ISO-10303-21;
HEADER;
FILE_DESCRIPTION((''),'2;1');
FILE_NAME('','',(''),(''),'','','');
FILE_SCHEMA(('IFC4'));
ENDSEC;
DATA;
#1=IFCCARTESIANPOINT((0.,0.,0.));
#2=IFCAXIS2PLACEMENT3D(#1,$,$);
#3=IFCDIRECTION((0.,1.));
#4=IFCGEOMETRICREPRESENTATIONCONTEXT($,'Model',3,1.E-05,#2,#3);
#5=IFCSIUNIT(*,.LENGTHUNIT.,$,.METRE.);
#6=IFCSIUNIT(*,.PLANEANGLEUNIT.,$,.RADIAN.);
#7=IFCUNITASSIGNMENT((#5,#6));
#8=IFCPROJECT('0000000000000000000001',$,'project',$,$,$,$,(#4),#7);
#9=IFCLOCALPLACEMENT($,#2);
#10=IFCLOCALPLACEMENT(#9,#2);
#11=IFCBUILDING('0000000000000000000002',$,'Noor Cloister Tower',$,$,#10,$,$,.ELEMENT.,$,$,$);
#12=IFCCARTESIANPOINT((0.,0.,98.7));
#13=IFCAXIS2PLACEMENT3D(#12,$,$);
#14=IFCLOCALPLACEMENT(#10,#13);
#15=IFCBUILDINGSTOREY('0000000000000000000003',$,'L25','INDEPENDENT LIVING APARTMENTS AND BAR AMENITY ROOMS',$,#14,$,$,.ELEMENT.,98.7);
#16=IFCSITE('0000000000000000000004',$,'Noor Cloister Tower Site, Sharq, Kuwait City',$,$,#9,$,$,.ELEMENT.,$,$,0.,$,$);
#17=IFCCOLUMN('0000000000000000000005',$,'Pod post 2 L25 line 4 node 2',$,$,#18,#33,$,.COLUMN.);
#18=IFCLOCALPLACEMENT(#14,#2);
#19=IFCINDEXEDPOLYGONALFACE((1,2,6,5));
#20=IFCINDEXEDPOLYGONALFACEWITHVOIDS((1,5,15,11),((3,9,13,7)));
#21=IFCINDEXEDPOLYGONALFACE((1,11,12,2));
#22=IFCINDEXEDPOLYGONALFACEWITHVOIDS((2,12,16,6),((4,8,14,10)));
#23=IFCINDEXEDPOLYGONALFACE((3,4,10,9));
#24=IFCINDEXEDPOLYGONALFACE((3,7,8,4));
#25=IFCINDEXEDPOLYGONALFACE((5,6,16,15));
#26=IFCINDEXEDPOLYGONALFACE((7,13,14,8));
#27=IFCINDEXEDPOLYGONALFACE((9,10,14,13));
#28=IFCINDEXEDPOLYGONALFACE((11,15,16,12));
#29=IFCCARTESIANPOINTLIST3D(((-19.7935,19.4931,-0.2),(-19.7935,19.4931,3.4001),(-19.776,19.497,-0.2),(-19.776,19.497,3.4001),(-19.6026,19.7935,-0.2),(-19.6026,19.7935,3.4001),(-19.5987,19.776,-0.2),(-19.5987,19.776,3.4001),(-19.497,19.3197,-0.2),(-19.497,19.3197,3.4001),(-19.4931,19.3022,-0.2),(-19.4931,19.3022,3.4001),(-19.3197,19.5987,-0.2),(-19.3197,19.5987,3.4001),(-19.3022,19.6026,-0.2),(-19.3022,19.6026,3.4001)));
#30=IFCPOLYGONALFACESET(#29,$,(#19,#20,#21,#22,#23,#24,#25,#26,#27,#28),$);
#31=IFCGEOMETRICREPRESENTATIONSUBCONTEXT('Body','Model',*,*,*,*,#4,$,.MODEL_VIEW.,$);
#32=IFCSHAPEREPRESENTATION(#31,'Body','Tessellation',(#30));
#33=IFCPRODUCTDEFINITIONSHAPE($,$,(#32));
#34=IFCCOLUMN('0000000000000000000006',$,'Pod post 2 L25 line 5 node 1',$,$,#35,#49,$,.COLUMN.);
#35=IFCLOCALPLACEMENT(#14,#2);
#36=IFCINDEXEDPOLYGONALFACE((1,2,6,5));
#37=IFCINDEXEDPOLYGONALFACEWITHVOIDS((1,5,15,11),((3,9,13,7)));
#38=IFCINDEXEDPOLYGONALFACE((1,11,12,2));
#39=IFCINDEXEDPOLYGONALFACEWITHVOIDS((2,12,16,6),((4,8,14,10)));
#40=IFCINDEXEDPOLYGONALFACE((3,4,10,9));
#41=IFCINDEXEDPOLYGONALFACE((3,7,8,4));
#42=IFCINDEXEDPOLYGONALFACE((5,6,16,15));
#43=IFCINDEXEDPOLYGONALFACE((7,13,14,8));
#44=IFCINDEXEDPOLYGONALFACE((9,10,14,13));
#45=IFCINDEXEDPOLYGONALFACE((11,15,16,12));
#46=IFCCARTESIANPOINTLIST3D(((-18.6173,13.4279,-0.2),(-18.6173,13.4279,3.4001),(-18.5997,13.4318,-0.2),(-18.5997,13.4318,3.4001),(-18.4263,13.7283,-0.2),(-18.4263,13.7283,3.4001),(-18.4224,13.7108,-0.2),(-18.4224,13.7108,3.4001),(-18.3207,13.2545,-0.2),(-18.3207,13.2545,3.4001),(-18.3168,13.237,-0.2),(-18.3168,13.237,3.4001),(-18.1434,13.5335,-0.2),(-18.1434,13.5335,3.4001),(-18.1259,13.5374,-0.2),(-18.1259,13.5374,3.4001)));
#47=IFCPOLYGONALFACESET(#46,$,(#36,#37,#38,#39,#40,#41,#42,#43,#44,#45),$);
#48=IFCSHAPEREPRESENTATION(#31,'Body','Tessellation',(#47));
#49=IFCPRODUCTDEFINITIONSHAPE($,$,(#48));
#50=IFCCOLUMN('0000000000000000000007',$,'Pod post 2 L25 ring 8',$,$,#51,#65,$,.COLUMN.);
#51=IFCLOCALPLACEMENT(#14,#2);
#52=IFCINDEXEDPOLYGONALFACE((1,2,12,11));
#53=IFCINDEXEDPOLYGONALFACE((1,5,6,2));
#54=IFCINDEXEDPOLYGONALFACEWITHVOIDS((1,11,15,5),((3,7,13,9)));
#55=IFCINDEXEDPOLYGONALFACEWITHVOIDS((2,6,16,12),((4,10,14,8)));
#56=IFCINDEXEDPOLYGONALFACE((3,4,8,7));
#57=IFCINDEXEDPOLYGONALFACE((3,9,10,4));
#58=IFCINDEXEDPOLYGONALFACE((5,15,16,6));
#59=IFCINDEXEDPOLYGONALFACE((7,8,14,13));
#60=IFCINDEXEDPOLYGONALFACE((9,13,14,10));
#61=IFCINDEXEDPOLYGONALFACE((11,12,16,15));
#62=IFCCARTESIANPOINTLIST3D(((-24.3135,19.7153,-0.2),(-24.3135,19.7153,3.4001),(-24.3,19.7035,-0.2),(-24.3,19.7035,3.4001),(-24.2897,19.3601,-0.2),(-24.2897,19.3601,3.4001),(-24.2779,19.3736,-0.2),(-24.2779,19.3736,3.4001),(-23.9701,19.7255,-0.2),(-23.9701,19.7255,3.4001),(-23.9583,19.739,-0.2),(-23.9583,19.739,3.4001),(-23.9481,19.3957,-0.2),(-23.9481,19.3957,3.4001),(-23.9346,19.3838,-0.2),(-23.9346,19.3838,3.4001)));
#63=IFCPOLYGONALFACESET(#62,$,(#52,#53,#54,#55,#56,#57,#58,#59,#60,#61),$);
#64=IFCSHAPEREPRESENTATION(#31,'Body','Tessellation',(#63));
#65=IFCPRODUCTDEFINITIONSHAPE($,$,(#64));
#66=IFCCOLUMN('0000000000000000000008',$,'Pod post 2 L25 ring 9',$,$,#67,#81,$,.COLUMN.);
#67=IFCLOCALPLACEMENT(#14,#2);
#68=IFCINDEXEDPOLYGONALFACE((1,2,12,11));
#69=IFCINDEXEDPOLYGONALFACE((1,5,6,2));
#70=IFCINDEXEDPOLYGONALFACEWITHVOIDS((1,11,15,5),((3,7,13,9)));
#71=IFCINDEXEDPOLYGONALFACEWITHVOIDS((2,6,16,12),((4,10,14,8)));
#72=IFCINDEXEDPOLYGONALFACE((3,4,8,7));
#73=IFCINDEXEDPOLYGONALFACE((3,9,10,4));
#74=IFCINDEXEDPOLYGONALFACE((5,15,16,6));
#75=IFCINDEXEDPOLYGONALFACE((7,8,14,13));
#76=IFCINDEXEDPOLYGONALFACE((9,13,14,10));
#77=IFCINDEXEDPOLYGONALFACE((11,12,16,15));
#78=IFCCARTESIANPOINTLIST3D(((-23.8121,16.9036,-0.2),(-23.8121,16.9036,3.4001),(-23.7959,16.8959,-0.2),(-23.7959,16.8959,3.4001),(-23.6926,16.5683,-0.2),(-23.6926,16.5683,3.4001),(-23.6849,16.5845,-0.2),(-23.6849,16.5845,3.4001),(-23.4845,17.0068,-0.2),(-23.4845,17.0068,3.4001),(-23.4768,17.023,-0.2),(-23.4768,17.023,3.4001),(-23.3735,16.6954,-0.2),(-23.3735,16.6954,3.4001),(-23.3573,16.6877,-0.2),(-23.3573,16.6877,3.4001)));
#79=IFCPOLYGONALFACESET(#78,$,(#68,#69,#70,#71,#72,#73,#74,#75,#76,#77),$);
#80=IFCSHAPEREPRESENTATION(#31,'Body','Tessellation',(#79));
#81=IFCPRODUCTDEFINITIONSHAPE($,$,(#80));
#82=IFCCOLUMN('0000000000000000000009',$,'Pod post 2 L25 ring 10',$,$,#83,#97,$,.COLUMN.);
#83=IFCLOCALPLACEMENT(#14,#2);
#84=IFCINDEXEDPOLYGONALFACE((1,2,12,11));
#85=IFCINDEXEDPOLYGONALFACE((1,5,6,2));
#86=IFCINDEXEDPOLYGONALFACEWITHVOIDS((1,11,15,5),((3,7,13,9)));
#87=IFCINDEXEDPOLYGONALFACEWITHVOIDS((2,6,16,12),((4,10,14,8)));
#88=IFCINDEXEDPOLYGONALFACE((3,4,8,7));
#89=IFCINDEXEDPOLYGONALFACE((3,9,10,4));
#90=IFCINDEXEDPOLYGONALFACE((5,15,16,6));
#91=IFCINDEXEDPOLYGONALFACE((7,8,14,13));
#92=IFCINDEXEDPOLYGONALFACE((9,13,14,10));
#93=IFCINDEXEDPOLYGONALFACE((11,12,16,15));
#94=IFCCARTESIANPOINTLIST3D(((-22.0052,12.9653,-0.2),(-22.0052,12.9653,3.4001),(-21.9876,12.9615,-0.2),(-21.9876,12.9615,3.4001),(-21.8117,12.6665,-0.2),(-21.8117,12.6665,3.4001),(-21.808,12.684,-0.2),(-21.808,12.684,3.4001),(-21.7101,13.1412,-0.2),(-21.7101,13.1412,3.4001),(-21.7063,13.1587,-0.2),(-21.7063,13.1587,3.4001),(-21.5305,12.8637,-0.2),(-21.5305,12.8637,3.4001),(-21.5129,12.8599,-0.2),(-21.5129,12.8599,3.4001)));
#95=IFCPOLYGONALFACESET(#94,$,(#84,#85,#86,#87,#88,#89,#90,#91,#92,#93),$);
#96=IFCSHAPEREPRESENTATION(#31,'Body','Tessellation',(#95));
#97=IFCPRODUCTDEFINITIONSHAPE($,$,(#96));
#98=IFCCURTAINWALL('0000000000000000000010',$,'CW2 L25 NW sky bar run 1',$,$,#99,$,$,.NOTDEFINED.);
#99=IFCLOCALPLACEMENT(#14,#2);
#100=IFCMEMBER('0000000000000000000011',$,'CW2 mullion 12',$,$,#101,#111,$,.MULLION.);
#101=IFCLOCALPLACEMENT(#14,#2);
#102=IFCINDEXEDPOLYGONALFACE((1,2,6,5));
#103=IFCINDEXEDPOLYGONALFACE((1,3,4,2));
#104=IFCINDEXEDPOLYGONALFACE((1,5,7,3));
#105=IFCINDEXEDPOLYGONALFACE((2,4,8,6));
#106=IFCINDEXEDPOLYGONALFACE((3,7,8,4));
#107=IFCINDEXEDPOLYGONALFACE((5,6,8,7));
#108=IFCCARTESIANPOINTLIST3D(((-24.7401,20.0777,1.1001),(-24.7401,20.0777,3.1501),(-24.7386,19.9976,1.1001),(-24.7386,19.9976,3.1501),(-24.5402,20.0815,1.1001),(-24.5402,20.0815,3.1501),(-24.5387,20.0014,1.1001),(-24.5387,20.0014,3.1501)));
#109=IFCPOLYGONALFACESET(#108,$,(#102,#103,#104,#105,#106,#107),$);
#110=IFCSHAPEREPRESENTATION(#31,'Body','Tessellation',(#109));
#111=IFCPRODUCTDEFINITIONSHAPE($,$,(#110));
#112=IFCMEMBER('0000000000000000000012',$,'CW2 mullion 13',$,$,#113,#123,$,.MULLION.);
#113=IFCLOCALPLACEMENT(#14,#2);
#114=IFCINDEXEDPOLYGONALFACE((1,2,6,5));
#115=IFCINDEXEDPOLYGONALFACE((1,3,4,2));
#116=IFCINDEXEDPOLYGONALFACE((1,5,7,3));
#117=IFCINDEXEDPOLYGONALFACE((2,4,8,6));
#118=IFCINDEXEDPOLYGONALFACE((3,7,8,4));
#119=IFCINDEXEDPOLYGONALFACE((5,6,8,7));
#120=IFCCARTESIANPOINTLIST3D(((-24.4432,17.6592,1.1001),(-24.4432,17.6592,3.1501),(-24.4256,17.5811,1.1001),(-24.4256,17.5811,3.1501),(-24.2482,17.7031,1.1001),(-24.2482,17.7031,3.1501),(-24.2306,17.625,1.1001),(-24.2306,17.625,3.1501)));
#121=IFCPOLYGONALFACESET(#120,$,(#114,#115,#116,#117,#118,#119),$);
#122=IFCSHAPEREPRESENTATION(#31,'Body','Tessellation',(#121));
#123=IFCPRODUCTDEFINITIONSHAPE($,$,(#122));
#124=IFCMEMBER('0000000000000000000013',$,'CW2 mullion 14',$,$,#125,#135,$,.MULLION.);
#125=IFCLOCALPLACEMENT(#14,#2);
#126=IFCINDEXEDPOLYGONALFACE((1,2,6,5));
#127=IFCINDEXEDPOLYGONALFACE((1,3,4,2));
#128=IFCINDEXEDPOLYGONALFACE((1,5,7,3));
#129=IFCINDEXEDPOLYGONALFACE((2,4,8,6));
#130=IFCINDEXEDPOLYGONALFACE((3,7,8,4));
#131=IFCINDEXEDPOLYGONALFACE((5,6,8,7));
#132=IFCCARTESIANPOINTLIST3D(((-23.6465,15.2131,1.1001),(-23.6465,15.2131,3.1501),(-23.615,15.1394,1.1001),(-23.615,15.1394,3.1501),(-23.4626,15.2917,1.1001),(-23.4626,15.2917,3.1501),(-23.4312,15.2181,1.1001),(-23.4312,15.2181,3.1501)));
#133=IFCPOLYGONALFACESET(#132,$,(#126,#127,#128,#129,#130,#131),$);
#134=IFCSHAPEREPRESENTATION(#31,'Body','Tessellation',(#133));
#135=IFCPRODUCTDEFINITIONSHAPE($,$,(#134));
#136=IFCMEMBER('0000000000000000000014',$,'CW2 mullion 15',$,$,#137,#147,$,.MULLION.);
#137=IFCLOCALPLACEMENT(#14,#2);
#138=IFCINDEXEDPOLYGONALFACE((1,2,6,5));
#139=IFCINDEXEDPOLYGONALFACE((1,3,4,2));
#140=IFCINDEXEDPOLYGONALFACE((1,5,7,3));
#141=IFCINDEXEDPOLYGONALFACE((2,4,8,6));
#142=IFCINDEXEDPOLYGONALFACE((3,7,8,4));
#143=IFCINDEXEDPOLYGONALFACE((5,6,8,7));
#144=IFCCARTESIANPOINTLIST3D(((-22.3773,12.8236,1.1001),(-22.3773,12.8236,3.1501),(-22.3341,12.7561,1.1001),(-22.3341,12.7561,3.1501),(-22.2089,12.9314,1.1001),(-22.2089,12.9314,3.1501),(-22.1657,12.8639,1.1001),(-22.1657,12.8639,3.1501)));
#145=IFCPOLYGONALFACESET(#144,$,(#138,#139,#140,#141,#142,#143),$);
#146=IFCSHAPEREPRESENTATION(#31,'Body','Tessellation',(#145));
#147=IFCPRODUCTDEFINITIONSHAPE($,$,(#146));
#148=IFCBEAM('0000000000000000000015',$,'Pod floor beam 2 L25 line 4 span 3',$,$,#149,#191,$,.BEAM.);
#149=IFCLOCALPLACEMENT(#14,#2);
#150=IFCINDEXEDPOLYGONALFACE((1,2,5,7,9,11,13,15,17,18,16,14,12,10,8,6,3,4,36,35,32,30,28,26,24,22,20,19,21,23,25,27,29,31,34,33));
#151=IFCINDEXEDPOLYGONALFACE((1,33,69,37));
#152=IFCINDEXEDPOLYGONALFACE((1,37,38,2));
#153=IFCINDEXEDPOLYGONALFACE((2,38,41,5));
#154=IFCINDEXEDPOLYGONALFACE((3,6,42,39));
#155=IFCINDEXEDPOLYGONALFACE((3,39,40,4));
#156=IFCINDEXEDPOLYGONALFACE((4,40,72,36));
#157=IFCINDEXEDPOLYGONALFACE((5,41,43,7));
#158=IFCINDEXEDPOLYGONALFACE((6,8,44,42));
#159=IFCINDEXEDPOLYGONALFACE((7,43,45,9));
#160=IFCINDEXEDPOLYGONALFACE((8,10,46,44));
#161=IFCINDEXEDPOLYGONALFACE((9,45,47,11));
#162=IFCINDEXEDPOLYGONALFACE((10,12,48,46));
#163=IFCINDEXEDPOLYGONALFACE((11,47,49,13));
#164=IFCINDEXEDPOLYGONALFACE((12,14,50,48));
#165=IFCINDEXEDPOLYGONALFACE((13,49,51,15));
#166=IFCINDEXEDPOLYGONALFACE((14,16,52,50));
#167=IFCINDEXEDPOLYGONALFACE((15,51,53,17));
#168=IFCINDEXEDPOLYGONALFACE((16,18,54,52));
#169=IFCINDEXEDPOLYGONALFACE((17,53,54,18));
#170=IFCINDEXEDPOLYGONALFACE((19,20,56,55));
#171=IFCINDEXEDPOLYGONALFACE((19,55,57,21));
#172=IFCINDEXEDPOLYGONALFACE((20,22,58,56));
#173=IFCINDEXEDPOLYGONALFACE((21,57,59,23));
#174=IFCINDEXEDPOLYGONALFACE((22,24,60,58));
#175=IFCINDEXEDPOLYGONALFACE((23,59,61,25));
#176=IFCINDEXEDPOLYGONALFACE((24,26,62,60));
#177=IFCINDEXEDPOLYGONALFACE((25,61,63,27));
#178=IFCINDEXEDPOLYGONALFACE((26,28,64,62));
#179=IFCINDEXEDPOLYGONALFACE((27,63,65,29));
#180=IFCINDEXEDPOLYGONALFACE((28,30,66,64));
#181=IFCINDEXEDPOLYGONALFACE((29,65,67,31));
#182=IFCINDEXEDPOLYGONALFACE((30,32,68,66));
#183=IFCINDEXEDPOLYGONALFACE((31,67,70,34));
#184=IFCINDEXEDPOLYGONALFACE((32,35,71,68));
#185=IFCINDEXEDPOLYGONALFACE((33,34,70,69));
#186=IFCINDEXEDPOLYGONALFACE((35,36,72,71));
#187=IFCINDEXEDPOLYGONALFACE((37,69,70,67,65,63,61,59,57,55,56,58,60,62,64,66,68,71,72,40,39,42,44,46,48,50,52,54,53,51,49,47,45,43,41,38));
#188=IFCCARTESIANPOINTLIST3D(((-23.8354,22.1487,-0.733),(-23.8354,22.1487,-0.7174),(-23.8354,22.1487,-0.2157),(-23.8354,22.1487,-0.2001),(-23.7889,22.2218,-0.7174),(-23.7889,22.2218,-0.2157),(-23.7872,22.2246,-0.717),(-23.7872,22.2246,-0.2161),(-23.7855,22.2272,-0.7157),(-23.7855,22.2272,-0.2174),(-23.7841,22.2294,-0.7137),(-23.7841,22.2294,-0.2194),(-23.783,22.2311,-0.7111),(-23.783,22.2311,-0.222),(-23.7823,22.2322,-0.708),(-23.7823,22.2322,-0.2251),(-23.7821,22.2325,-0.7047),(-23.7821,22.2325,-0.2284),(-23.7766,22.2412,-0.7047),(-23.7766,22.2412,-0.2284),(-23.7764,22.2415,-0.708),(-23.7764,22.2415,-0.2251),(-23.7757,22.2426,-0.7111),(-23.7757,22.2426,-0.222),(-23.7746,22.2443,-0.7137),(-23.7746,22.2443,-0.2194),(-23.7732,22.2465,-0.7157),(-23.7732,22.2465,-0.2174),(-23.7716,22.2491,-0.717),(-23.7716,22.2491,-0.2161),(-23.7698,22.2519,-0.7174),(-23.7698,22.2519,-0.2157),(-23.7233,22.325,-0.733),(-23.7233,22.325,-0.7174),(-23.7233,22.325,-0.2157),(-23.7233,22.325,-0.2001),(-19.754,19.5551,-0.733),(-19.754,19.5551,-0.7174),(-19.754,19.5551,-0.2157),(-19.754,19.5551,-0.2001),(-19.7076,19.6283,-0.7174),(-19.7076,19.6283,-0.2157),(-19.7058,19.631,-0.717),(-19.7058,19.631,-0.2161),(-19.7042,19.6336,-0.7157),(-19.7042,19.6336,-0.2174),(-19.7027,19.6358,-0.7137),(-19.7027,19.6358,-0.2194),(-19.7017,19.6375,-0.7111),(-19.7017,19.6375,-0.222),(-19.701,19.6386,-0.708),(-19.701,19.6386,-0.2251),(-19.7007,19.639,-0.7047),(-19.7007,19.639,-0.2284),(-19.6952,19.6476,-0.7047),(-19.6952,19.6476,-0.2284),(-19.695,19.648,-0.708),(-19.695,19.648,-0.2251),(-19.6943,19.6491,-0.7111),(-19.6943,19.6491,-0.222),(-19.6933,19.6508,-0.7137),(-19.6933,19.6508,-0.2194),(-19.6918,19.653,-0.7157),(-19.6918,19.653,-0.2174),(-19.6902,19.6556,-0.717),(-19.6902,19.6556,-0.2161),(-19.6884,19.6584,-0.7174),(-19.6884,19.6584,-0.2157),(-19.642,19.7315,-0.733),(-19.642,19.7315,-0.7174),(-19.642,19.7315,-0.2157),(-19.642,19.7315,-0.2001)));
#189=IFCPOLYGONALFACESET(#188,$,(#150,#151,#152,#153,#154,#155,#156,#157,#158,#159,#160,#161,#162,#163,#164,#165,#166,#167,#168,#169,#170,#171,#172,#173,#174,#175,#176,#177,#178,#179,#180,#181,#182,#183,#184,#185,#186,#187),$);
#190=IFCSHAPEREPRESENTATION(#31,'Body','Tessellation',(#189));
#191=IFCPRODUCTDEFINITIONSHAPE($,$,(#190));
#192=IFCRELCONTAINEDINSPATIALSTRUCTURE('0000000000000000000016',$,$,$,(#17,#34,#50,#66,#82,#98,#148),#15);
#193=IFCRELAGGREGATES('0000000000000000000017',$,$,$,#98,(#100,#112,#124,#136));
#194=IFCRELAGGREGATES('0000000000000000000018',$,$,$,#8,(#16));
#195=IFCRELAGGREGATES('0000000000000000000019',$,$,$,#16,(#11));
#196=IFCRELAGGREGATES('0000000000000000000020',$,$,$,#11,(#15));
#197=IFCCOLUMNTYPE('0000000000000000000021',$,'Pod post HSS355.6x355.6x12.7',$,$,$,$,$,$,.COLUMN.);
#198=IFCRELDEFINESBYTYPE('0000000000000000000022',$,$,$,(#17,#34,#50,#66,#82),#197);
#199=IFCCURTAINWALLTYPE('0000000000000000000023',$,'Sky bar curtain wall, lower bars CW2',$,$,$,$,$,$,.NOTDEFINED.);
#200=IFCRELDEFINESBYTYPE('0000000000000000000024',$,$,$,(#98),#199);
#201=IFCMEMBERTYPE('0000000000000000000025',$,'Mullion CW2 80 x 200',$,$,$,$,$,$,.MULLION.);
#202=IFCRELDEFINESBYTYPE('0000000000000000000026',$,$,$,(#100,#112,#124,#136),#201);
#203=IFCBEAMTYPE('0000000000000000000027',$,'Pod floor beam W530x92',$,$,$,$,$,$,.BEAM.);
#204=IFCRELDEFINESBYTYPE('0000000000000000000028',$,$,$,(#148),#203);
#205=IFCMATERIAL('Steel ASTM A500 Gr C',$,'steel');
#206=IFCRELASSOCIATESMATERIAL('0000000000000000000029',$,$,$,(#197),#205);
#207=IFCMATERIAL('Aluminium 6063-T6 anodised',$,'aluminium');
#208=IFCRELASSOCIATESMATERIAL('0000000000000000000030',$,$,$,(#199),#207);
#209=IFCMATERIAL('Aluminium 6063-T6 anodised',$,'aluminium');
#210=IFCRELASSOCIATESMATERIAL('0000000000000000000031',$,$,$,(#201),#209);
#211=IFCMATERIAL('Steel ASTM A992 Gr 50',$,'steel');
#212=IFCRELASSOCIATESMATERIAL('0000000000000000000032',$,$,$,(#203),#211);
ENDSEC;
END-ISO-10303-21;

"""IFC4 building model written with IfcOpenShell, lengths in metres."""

from ifc_helpers import new_model, si_unit, direction, frame, origin, origin_2d, place, context, subcontext, project, spatial, rectangle, hollow_rectangle, i_section, extrude, material, material_profile, profile_set, type_object, element, aggregate, save


model = new_model("IFC4")

# Units and contexts
model_context = context("Model", 3, precision=1e-05, world=origin(), true_north=direction((0.0, 1.0)))
body_context = subcontext(model_context, "Body", "Model", "MODEL_VIEW")
ifc_project = project(units=[si_unit("LENGTHUNIT", "METRE"), si_unit("PLANEANGLEUNIT", "RADIAN")], contexts=[model_context])

# Site, building, storey
site_placement = place(None, origin())
site = spatial("IfcSite", under=ifc_project, at=site_placement, Name="Noor Cloister Tower Site, Sharq, Kuwait City", CompositionType="ELEMENT", RefElevation=0.0)
building_placement = place(site_placement, origin())
building = spatial("IfcBuilding", under=site, at=building_placement, Name="Noor Cloister Tower", CompositionType="ELEMENT")
storey_placement = place(building_placement, frame((0.0, 0.0, 98.7)))
storey = spatial("IfcBuildingStorey", under=building, at=storey_placement, Name="L25", Description="INDEPENDENT LIVING APARTMENTS AND BAR AMENITY ROOMS", CompositionType="ELEMENT", Elevation=98.7)

# Columns
ifc_material_1 = material(Name="Steel ASTM A500 Gr C", Category="steel")
ifc_material_profile_1 = material_profile(ifc_material_1, hollow_rectangle(XDim=0.356, YDim=0.356, WallThickness=0.0127, at=origin_2d()), Name="HSS355.6x355.6x12.7")
ifc_profile_set_1 = profile_set([ifc_material_profile_1], Name="Steel ASTM A500 Gr C")
column_type = type_object("IfcColumnType", Name="Pod post HSS355.6x355.6x12.7", PredefinedType="COLUMN", material=ifc_profile_set_1)
for number, where, z_axis, x_axis, name in (
    (1, (-19.5479, 19.5479, -0.2), (0.0, 0.0, 1.0), (-0.843996, 0.53635, 0.0), "Pod post 2 L25 line 4 node 2"),
    (2, (-18.3716, 13.4827, -0.2), (0.0, 0.0, 1.0), (-0.843996, 0.53635, 0.0), "Pod post 2 L25 line 5 node 1"),
    (3, (-24.124, 19.5496, -0.2), (0.0, 0.0, 1.0), (0.066691, -0.997774, 0.0), "Pod post 2 L25 ring 8"),
    (4, (-23.5847, 16.7957, -0.2), (0.0, 0.0, 1.0), (0.335654, -0.941985, 0.0), "Pod post 2 L25 ring 9"),
    (5, (-21.759, 12.9126, -0.2), (0.0, 0.0, 1.0), (0.543434, -0.839452, 0.0), "Pod post 2 L25 ring 10"),
):
    element("IfcColumn", number, at=place(storey_placement, frame(where, z_axis=z_axis, x_axis=x_axis)), inside=storey, type_object=column_type, Name=name, PredefinedType="COLUMN", context=body_context, shape_type="SweptSolid", body=[
        extrude(hollow_rectangle(XDim=0.356, YDim=0.356, WallThickness=0.0127, at=origin_2d()), origin(), (0.0, 0.0, 1.0), 3.6001),
    ])

# Curtain wall, members
ifc_material_2 = material(Name="Aluminium 6063-T6 anodised", Category="aluminium")
curtain_wall_type = type_object("IfcCurtainWallType", Name="Sky bar curtain wall, lower bars CW2", PredefinedType="NOTDEFINED", material=ifc_material_2)
curtain_wall_placement = place(storey_placement, origin())
curtain_wall = element("IfcCurtainWall", 6, at=curtain_wall_placement, inside=storey, type_object=curtain_wall_type, Name="CW2 L25 NW sky bar run 1", PredefinedType="NOTDEFINED")
ifc_material_3 = material(Name="Aluminium 6063-T6 anodised", Category="aluminium")
ifc_material_profile_2 = material_profile(ifc_material_3, rectangle(XDim=0.2, YDim=0.0801, at=origin_2d()), Name="200 x 80 mullion")
ifc_profile_set_2 = profile_set([ifc_material_profile_2], Name="Aluminium 6063-T6 anodised")
member_type = type_object("IfcMemberType", Name="Mullion CW2 80 x 200", PredefinedType="MULLION", material=ifc_profile_set_2)
member_1_placement = place(storey_placement, frame((-24.6394, 20.0396, 1.1001), z_axis=(0.0, 0.0, 1.0), x_axis=(0.999824, 0.018753, 0.0)))
member_1 = element("IfcMember", 7, at=member_1_placement, type_object=member_type, Name="CW2 mullion 12", PredefinedType="MULLION", context=body_context, shape_type="SweptSolid", body=[
    extrude(rectangle(XDim=0.2, YDim=0.0801, at=origin_2d()), origin(), (0.0, 0.0, 1.0), 2.05),
])
member_2_placement = place(storey_placement, frame((-24.3369, 17.6421, 1.1001), z_axis=(0.0, 0.0, 1.0), x_axis=(0.975532, 0.219857, 0.0)))
member_2 = element("IfcMember", 8, at=member_2_placement, type_object=member_type, Name="CW2 mullion 13", PredefinedType="MULLION", context=body_context, shape_type="SweptSolid", body=[
    extrude(rectangle(XDim=0.2, YDim=0.0801, at=origin_2d()), origin(), (0.0, 0.0, 1.0), 2.05),
])
member_3_placement = place(storey_placement, frame((-23.5388, 15.2156, 1.1001), z_axis=(0.0, 0.0, 1.0), x_axis=(0.919403, 0.393317, 0.0)))
member_3 = element("IfcMember", 9, at=member_3_placement, type_object=member_type, Name="CW2 mullion 14", PredefinedType="MULLION", context=body_context, shape_type="SweptSolid", body=[
    extrude(rectangle(XDim=0.2, YDim=0.0801, at=origin_2d()), origin(), (0.0, 0.0, 1.0), 2.05),
])
member_4_placement = place(storey_placement, frame((-22.2715, 12.8438, 1.1001), z_axis=(0.0, 0.0, 1.0), x_axis=(0.842174, 0.539205, 0.0)))
member_4 = element("IfcMember", 10, at=member_4_placement, type_object=member_type, Name="CW2 mullion 15", PredefinedType="MULLION", context=body_context, shape_type="SweptSolid", body=[
    extrude(rectangle(XDim=0.2, YDim=0.0801, at=origin_2d()), origin(), (0.0, 0.0, 1.0), 2.05),
])

# Beam
ifc_material_4 = material(Name="Steel ASTM A992 Gr 50", Category="steel")
ifc_material_profile_3 = material_profile(ifc_material_4, i_section(OverallWidth=0.209, OverallDepth=0.533, WebThickness=0.0103, FlangeThickness=0.0156, FilletRadius=0.0127, at=origin_2d()), Name="W530x92")
ifc_profile_set_3 = profile_set([ifc_material_profile_3], Name="Steel ASTM A992 Gr 50")
beam_type = type_object("IfcBeamType", Name="Pod floor beam W530x92", PredefinedType="BEAM", material=ifc_profile_set_3)
beam_1_placement = place(storey_placement, frame((-19.698, 19.6433, -0.4666), z_axis=(-0.844006, 0.536333, 0.0), x_axis=(-0.536333, -0.844006, 0.0)))
element("IfcBeam", 11, at=beam_1_placement, inside=storey, type_object=beam_type, Name="Pod floor beam 2 L25 line 4 span 3", PredefinedType="BEAM", context=body_context, shape_type="SweptSolid", body=[
    extrude(i_section(OverallWidth=0.209, OverallDepth=0.533, WebThickness=0.0103, FlangeThickness=0.0156, FilletRadius=0.0127, at=origin_2d()), origin(), (0.0, 0.0, 1.0), 4.8357),
])

aggregate(curtain_wall, [member_1, member_2, member_3, member_4])

save(model, "model.ifc")
